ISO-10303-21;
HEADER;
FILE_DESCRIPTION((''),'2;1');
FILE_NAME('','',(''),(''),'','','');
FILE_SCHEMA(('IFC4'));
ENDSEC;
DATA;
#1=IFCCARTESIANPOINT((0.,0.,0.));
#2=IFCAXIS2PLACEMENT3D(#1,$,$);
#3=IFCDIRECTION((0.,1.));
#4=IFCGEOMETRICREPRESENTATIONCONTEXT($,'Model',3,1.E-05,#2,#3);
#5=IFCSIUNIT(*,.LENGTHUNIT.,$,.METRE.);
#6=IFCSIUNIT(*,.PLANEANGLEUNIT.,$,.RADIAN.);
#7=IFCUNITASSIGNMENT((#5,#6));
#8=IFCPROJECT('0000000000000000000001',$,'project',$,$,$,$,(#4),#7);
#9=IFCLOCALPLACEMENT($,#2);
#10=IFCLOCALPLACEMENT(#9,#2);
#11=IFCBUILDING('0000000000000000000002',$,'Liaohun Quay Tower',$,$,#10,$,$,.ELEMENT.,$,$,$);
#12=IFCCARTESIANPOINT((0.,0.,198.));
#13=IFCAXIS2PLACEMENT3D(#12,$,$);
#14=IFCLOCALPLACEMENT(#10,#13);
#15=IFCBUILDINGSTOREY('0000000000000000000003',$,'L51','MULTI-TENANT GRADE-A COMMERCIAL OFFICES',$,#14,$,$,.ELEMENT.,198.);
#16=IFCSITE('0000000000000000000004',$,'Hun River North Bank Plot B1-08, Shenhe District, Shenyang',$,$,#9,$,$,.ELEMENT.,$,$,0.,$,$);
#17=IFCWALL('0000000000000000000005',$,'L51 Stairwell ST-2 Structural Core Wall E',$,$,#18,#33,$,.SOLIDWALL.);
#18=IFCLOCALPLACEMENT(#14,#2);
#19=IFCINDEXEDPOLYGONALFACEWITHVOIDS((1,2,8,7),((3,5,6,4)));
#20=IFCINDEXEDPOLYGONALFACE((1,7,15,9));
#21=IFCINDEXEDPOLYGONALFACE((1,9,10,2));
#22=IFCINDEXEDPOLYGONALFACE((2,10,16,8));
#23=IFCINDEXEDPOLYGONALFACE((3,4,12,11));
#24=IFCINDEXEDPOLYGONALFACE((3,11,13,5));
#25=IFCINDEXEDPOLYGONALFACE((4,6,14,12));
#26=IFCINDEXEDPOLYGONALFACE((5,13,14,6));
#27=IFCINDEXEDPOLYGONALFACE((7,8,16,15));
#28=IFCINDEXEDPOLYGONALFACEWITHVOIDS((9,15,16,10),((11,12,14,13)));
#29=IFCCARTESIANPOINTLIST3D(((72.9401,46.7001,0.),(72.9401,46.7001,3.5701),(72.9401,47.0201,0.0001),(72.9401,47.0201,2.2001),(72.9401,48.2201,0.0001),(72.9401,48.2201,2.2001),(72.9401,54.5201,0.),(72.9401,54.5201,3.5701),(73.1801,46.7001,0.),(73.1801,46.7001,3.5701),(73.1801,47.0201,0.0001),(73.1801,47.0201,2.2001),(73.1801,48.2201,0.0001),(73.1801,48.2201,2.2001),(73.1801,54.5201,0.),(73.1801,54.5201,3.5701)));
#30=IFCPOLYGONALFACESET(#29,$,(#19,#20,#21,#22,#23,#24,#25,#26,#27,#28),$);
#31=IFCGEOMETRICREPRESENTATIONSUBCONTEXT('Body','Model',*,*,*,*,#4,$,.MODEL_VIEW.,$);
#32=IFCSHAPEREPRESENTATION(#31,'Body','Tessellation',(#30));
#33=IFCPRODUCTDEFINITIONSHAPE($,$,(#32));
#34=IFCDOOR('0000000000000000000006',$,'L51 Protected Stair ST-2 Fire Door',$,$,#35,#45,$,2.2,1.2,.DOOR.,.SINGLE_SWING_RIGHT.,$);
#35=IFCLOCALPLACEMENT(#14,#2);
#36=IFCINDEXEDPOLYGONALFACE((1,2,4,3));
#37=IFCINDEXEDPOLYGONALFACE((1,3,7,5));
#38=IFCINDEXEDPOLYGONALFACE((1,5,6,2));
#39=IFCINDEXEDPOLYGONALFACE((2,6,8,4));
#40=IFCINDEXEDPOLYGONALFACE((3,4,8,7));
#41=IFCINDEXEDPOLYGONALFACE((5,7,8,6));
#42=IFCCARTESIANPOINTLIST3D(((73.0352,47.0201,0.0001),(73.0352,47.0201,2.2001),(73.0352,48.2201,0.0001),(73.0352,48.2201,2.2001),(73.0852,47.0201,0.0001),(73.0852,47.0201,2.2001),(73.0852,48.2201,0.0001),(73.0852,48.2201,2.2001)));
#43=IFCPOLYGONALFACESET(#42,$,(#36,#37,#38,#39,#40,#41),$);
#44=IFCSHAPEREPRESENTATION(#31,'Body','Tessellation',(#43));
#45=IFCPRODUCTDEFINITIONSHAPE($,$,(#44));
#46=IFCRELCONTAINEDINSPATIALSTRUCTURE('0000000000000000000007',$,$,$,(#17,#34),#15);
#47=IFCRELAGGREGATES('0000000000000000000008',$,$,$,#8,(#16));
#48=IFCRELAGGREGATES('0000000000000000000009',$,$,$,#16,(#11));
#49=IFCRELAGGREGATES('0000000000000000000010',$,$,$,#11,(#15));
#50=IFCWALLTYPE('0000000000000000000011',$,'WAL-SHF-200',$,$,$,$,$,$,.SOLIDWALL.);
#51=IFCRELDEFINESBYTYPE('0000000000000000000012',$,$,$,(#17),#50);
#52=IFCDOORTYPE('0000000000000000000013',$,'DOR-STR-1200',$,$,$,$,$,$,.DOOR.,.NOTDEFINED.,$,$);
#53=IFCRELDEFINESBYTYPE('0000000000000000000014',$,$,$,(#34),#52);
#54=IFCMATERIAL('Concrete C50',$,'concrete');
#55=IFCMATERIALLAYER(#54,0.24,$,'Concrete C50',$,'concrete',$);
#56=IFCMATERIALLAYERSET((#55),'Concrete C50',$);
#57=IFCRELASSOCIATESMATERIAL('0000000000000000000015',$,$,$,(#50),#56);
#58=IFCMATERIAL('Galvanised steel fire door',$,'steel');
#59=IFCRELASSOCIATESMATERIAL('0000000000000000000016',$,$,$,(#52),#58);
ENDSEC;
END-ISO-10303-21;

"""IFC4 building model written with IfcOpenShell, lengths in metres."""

from ifc_helpers import new_model, si_unit, direction, frame, frame_2d, origin, place, context, subcontext, project, spatial, rectangle, extrude, source, transform, mapped, material, layer, layer_set, type_object, element, fill, save


model = new_model("IFC4")

# Units and contexts
model_context = context("Model", 3, precision=1e-05, world=origin(), true_north=direction((0.0, 1.0)))
body_context = subcontext(model_context, "Body", "Model", "MODEL_VIEW")
ifc_project = project(units=[si_unit("LENGTHUNIT", "METRE"), si_unit("PLANEANGLEUNIT", "RADIAN")], contexts=[model_context])

# Site, building, storey
site_placement = place(None, origin())
site = spatial("IfcSite", under=ifc_project, at=site_placement, Name="Hun River North Bank Plot B1-08, Shenhe District, Shenyang", CompositionType="ELEMENT", RefElevation=0.0)
building_placement = place(site_placement, origin())
building = spatial("IfcBuilding", under=site, at=building_placement, Name="Liaohun Quay Tower", CompositionType="ELEMENT")
storey_placement = place(building_placement, frame((0.0, 0.0, 198.0)))
storey = spatial("IfcBuildingStorey", under=building, at=storey_placement, Name="L51", Description="MULTI-TENANT GRADE-A COMMERCIAL OFFICES", CompositionType="ELEMENT", Elevation=198.0)

# Shared definitions
ifc_material_1 = material(Name="Concrete C50", Category="concrete")
ifc_layer_1 = layer(ifc_material_1, 0.24, Name="Concrete C50", Category="concrete")
ifc_layer_set_1 = layer_set([ifc_layer_1], Name="Concrete C50")
wall_type_1 = type_object("IfcWallType", Name="WAL-SHF-200", PredefinedType="SOLIDWALL", material=ifc_layer_set_1)

# Wall, opening, door
wall_1_placement = place(storey_placement, frame((73.0601, 46.7, 0.0), z_axis=(0.0, 0.0, 1.0), x_axis=(0.0, 1.0, 0.0)))
wall_1 = element("IfcWall", 1, at=wall_1_placement, inside=storey, type_object=wall_type_1, Name="L51 Stairwell ST-2 Structural Core Wall E", PredefinedType="SOLIDWALL", context=body_context, shape_type="SweptSolid", body=[
    extrude(rectangle(XDim=7.8201, YDim=0.24, at=frame_2d((3.9102, 0.0))), origin(), (0.0, 0.0, 1.0), 3.5701),
])
shared_shape_1 = source(origin(), body_context, "Body", "SweptSolid", [
    extrude(rectangle(XDim=1.2, YDim=2.2, at=frame_2d((0.6001, 1.1001))), frame((0.0, 0.1299, 0.0), z_axis=(0.0, -1.0, 0.0), x_axis=(1.0, 0.0, 0.0)), (0.0, 0.0, 1.0), 0.26),
])
opening_1_placement = place(wall_1_placement, frame((0.3201, 0.0, 0.0)))
opening_1 = element("IfcOpeningElement", 2, at=opening_1_placement, cuts=wall_1, PredefinedType="OPENING", context=body_context, shape_type="MappedRepresentation", body=[
    mapped(shared_shape_1, transform((0.0, 0.0, 0.0), x_axis=(1.0, 0.0, 0.0), y_axis=(0.0, 1.0, 0.0), z_axis=(0.0, 0.0, 1.0), scale=1.0)),
])
ifc_material_2 = material(Name="Galvanised steel fire door", Category="steel")
door_type_1 = type_object("IfcDoorType", Name="DOR-STR-1200", OperationType="NOTDEFINED", PredefinedType="DOOR", material=ifc_material_2)
shared_shape_2 = source(origin(), body_context, "Body", "SweptSolid", [
    extrude(rectangle(XDim=1.2, YDim=2.2, at=frame_2d((0.6001, 1.1001))), frame((0.0, 0.0249, 0.0), z_axis=(0.0, -1.0, 0.0), x_axis=(1.0, 0.0, 0.0)), (0.0, 0.0, 1.0), 0.05),
])
door_1_placement = place(opening_1_placement, origin())
door_1 = element("IfcDoor", 3, at=door_1_placement, inside=storey, type_object=door_type_1, Name="L51 Protected Stair ST-2 Fire Door", OperationType="SINGLE_SWING_RIGHT", OverallHeight=2.2, OverallWidth=1.2, PredefinedType="DOOR", context=body_context, shape_type="MappedRepresentation", body=[
    mapped(shared_shape_2, transform((0.0, 0.0, 0.0), x_axis=(1.0, 0.0, 0.0), y_axis=(0.0, 1.0, 0.0), z_axis=(0.0, 0.0, 1.0), scale=1.0)),
])
fill(opening_1, door_1)

save(model, "model.ifc")
